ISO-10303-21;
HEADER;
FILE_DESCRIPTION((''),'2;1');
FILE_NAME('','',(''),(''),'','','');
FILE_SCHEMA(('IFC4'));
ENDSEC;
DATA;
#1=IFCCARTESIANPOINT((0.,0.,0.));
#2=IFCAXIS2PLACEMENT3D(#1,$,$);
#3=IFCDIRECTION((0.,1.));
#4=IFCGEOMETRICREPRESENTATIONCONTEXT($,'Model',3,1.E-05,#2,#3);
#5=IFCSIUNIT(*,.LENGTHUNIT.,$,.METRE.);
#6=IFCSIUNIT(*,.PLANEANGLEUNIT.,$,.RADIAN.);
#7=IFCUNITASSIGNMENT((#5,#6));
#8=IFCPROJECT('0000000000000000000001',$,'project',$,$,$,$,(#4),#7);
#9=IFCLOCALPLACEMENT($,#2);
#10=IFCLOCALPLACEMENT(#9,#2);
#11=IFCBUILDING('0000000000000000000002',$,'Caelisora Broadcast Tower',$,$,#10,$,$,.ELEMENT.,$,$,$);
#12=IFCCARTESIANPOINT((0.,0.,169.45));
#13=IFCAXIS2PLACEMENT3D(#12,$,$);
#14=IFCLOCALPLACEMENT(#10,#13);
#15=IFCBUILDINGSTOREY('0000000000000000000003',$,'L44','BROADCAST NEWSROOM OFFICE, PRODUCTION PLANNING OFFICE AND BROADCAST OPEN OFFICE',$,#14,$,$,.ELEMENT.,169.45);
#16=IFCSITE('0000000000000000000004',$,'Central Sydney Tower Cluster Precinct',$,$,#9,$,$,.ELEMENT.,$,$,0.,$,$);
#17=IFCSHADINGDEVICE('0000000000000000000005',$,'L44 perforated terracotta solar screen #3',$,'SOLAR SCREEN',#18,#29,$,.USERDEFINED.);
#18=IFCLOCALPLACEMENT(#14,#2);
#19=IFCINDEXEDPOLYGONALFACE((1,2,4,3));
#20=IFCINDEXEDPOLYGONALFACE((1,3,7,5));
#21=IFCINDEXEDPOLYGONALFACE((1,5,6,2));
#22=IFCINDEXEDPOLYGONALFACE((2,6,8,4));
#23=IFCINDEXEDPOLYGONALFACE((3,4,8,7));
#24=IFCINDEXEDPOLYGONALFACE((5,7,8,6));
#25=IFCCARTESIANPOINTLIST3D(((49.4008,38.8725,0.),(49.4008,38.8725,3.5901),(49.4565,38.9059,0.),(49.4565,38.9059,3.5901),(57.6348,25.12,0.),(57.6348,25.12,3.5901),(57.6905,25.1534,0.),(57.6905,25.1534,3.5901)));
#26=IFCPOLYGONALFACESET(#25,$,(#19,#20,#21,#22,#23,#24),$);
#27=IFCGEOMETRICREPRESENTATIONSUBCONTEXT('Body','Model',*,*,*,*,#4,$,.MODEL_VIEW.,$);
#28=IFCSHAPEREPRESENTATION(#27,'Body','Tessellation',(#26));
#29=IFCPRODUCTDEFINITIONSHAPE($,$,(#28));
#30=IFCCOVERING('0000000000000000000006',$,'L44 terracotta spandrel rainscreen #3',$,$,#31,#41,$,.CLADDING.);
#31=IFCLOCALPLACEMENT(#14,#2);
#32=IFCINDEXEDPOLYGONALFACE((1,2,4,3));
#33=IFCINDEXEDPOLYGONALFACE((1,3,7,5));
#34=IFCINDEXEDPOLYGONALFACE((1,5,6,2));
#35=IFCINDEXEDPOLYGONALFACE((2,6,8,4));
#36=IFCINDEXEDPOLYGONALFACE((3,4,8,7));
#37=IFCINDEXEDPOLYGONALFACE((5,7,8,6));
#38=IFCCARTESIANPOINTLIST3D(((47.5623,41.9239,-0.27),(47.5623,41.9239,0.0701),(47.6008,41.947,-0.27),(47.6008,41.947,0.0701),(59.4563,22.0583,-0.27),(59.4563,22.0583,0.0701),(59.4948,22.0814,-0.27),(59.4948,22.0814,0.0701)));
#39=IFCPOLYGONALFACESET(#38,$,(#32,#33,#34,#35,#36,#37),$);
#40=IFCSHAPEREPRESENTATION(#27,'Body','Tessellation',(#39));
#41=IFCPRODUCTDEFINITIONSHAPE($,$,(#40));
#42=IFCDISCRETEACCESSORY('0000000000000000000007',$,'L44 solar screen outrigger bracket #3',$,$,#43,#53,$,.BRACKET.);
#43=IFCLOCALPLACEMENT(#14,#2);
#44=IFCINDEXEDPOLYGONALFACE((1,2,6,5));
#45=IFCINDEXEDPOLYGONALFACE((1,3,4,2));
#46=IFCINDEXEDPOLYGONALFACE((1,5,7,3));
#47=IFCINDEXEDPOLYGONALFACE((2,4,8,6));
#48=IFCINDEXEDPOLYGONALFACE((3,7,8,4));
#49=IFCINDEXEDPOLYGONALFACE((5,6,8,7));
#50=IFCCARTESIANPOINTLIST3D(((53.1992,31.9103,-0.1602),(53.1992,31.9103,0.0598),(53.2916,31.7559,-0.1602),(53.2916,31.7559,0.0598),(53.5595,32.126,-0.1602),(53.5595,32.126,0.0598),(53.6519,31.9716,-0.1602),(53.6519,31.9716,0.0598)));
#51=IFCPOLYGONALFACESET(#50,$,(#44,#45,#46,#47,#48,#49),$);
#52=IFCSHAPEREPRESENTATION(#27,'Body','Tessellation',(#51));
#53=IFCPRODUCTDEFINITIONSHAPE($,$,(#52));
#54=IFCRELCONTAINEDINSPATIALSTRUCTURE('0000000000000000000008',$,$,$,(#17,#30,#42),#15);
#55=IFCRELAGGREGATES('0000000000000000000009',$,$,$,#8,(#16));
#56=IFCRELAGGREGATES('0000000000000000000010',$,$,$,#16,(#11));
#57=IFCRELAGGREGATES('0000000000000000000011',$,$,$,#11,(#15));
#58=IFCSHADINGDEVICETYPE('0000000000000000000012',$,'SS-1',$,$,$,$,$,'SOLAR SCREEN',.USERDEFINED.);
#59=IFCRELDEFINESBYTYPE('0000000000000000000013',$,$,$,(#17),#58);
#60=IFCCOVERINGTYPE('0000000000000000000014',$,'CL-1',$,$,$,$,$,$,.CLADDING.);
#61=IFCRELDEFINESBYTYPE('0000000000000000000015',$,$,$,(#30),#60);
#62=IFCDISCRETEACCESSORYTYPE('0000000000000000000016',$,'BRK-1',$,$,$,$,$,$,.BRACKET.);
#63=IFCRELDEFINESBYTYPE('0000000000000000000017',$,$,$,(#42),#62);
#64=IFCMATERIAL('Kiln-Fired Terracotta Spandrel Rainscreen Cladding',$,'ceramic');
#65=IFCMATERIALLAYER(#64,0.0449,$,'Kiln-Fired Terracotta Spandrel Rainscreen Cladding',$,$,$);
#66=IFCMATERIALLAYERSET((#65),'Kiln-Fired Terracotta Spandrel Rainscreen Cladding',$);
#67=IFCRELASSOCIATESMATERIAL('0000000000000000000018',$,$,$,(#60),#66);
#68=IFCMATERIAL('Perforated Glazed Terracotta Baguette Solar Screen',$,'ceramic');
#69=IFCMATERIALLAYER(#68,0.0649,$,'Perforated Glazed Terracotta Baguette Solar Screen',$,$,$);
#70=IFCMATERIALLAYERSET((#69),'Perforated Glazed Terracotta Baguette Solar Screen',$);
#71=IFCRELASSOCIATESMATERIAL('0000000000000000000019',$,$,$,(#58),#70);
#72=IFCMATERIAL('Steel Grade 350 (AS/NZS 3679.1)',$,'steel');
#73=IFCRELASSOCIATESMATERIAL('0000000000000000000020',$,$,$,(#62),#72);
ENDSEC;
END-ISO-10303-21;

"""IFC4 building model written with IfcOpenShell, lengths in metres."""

from ifc_helpers import new_model, si_unit, direction, frame, origin, origin_2d, place, context, subcontext, project, spatial, rectangle, extrude, source, transform, mapped, material, layer, layer_set, type_object, type_shapes, element, save


model = new_model("IFC4")

# Units and contexts
model_context = context("Model", 3, precision=1e-05, world=origin(), true_north=direction((0.0, 1.0)))
body_context = subcontext(model_context, "Body", "Model", "MODEL_VIEW")
ifc_project = project(units=[si_unit("LENGTHUNIT", "METRE"), si_unit("PLANEANGLEUNIT", "RADIAN")], contexts=[model_context])

# Site, building, storey
site_placement = place(None, origin())
site = spatial("IfcSite", under=ifc_project, at=site_placement, Name="Central Sydney Tower Cluster Precinct", CompositionType="ELEMENT", RefElevation=0.0)
building_placement = place(site_placement, origin())
building = spatial("IfcBuilding", under=site, at=building_placement, Name="Caelisora Broadcast Tower", CompositionType="ELEMENT")
storey_placement = place(building_placement, frame((0.0, 0.0, 169.45)))
storey = spatial("IfcBuildingStorey", under=building, at=storey_placement, Name="L44", Description="BROADCAST NEWSROOM OFFICE, PRODUCTION PLANNING OFFICE AND BROADCAST OPEN OFFICE", CompositionType="ELEMENT", Elevation=169.45)

# Shared definitions
ifc_material_1 = material(Name="Steel Grade 350 (AS/NZS 3679.1)", Category="steel")

# Shared definitions
ifc_material_2 = material(Name="Kiln-Fired Terracotta Spandrel Rainscreen Cladding", Category="ceramic")
ifc_layer_1 = layer(ifc_material_2, 0.0449, Name="Kiln-Fired Terracotta Spandrel Rainscreen Cladding")
ifc_layer_set_1 = layer_set([ifc_layer_1], Name="Kiln-Fired Terracotta Spandrel Rainscreen Cladding")
covering_type = type_object("IfcCoveringType", Name="CL-1", PredefinedType="CLADDING", material=ifc_layer_set_1)

# Shading device
ifc_material_3 = material(Name="Perforated Glazed Terracotta Baguette Solar Screen", Category="ceramic")
ifc_layer_2 = layer(ifc_material_3, 0.0649, Name="Perforated Glazed Terracotta Baguette Solar Screen")
ifc_layer_set_2 = layer_set([ifc_layer_2], Name="Perforated Glazed Terracotta Baguette Solar Screen")
shading_device_type = type_object("IfcShadingDeviceType", Name="SS-1", ElementType="SOLAR SCREEN", PredefinedType="USERDEFINED", material=ifc_layer_set_2)
shared_shape_1 = source(origin(), body_context, "Body", "SweptSolid", [
    extrude(rectangle(XDim=16.0291, YDim=0.0649, at=origin_2d()), origin(), (0.0, 0.0, 1.0), 3.5901),
])
type_shapes(shading_device_type, [shared_shape_1])
shading_device_placement = place(storey_placement, frame((53.5457, 32.0129, 0.0), z_axis=(0.0, 0.0, 1.0), x_axis=(-0.513691, 0.857975, 0.0)))
element("IfcShadingDevice", 1, at=shading_device_placement, inside=storey, type_object=shading_device_type, Name="L44 perforated terracotta solar screen #3", ObjectType="SOLAR SCREEN", PredefinedType="USERDEFINED", context=body_context, shape_type="MappedRepresentation", body=[
    mapped(shared_shape_1, transform((0.0, 0.0, 0.0), scale=1.0)),
])

# Covering
shared_shape_2 = source(origin(), body_context, "Body", "SweptSolid", [
    extrude(rectangle(XDim=23.1541, YDim=0.0449, at=origin_2d()), origin(), (0.0, 0.0, 1.0), 0.3401),
])
covering_1_placement = place(storey_placement, frame((53.5286, 32.0027, -0.27), z_axis=(0.0, 0.0, 1.0), x_axis=(-0.513691, 0.857975, 0.0)))
element("IfcCovering", 2, at=covering_1_placement, inside=storey, type_object=covering_type, Name="L44 terracotta spandrel rainscreen #3", PredefinedType="CLADDING", context=body_context, shape_type="MappedRepresentation", body=[
    mapped(shared_shape_2, transform((0.0, 0.0, 0.0), scale=1.0)),
])

# Discrete accessory
discrete_accessory_type = type_object("IfcDiscreteAccessoryType", Name="BRK-1", PredefinedType="BRACKET", material=ifc_material_1)
shared_shape_3 = source(origin(), body_context, "Body", "SweptSolid", [
    extrude(rectangle(XDim=0.1799, YDim=0.4199, at=origin_2d()), origin(), (0.0, 0.0, 1.0), 0.22),
])
type_shapes(discrete_accessory_type, [shared_shape_3])
discrete_accessory_placement = place(storey_placement, frame((53.4255, 31.9409, -0.1602), z_axis=(0.0, 0.0, 1.0), x_axis=(-0.513691, 0.857975, 0.0)))
element("IfcDiscreteAccessory", 3, at=discrete_accessory_placement, inside=storey, type_object=discrete_accessory_type, Name="L44 solar screen outrigger bracket #3", PredefinedType="BRACKET", context=body_context, shape_type="MappedRepresentation", body=[
    mapped(shared_shape_3, transform((0.0, 0.0, 0.0), scale=1.0)),
])

save(model, "model.ifc")
